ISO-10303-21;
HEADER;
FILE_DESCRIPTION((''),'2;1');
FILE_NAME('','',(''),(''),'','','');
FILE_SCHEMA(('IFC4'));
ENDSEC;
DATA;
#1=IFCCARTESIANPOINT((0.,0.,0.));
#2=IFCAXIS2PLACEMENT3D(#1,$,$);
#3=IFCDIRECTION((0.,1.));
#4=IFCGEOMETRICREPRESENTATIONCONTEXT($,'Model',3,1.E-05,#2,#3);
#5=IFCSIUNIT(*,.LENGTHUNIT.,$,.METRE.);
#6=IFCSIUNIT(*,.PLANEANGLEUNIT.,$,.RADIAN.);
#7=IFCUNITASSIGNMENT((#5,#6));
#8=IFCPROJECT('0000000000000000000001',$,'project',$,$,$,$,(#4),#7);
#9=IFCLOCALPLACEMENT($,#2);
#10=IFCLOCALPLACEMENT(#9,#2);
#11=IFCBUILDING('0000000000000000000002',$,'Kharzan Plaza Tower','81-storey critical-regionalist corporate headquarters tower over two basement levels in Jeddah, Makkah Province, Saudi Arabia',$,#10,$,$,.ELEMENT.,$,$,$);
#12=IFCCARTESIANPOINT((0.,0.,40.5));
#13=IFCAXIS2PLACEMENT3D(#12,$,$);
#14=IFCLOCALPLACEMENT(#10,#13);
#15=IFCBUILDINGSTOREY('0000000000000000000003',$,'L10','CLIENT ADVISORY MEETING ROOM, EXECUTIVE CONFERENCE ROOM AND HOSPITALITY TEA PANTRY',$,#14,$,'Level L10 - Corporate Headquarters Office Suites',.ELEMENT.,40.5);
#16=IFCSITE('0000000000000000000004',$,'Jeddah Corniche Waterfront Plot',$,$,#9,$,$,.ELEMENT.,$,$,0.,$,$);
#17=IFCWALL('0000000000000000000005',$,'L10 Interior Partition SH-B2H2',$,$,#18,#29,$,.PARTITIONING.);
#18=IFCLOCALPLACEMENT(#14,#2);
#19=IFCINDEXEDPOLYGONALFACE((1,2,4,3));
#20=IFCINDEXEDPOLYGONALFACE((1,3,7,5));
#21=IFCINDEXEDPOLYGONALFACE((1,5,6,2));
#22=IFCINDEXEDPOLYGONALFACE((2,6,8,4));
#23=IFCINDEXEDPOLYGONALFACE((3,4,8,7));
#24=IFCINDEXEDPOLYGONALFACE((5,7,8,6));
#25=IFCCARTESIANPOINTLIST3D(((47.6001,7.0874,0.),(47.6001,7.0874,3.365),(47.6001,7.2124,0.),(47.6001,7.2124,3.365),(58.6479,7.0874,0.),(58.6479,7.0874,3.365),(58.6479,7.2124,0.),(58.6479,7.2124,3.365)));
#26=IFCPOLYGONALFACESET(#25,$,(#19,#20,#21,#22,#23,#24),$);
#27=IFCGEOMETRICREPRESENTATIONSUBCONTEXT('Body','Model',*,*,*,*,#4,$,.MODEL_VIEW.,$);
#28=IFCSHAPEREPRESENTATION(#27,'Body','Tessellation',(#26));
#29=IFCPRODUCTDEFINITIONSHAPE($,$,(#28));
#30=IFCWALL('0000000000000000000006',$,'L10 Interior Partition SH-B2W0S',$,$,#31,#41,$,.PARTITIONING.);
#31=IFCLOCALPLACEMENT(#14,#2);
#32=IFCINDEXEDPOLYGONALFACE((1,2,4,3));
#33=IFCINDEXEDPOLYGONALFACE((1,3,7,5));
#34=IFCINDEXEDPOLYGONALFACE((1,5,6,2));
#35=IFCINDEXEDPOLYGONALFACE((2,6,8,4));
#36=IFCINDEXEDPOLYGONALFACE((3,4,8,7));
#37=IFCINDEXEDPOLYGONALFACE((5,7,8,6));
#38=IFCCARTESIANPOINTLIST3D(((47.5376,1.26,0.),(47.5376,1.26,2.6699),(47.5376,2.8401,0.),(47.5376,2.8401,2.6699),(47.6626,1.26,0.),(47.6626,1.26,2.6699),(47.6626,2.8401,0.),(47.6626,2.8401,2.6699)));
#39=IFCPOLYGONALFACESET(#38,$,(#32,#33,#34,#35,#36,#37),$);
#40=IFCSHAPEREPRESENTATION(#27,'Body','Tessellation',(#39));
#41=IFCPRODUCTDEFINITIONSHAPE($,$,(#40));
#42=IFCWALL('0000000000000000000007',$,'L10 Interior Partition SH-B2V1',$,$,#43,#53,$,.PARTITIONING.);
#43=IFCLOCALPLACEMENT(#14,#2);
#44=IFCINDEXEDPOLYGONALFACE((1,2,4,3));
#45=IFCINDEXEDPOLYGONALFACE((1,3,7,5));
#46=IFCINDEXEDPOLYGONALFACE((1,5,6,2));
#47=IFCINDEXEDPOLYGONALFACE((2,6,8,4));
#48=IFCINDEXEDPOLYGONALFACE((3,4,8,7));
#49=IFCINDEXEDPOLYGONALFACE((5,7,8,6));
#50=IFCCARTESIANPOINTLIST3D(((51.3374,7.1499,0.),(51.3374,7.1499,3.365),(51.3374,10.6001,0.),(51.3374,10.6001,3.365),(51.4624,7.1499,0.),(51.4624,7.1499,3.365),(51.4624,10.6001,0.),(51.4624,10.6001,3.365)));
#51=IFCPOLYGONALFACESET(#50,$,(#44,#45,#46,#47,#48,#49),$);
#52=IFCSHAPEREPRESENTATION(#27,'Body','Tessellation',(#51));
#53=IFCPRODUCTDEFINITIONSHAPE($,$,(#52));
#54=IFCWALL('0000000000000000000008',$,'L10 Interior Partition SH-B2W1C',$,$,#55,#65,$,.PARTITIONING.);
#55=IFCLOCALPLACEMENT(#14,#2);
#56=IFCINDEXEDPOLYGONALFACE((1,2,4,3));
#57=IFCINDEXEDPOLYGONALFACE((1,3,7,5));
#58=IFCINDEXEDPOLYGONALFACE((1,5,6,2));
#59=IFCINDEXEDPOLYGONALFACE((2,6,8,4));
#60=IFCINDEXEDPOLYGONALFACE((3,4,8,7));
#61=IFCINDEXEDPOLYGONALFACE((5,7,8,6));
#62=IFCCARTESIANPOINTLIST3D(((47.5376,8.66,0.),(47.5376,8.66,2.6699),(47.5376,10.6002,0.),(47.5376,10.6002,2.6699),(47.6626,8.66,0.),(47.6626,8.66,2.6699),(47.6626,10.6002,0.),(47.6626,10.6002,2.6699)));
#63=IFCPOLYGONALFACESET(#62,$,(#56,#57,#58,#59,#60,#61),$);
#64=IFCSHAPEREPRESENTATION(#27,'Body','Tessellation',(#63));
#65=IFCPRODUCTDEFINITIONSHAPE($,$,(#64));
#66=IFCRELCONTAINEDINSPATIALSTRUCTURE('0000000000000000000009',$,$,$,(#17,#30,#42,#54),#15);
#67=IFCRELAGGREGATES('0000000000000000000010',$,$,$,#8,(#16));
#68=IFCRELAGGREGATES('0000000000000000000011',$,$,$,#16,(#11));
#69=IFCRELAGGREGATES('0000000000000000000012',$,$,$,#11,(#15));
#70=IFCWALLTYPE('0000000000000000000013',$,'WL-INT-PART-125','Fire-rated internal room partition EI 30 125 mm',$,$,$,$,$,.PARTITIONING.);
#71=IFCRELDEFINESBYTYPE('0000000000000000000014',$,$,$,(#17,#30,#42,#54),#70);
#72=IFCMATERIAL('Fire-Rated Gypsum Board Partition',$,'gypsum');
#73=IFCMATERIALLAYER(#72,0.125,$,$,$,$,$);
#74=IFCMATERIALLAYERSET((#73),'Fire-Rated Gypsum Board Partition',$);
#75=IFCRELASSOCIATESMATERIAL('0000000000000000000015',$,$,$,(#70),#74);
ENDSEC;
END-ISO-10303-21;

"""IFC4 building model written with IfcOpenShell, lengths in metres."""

from ifc_helpers import new_model, si_unit, direction, frame, frame_2d, origin, place, context, subcontext, project, spatial, rectangle, extrude, source, transform, mapped, material, layer, layer_set, type_object, element, save


model = new_model("IFC4")

# Units and contexts
model_context = context("Model", 3, precision=1e-05, world=origin(), true_north=direction((0.0, 1.0)))
body_context = subcontext(model_context, "Body", "Model", "MODEL_VIEW")
ifc_project = project(units=[si_unit("LENGTHUNIT", "METRE"), si_unit("PLANEANGLEUNIT", "RADIAN")], contexts=[model_context])

# Site, building, storey
site_placement = place(None, origin())
site = spatial("IfcSite", under=ifc_project, at=site_placement, Name="Jeddah Corniche Waterfront Plot", CompositionType="ELEMENT", RefElevation=0.0)
building_placement = place(site_placement, origin())
building = spatial("IfcBuilding", under=site, at=building_placement, Name="Kharzan Plaza Tower", Description="81-storey critical-regionalist corporate headquarters tower over two basement levels in Jeddah, Makkah Province, Saudi Arabia", CompositionType="ELEMENT")
storey_placement = place(building_placement, frame((0.0, 0.0, 40.5)))
storey = spatial("IfcBuildingStorey", under=building, at=storey_placement, Name="L10", Description="CLIENT ADVISORY MEETING ROOM, EXECUTIVE CONFERENCE ROOM AND HOSPITALITY TEA PANTRY", LongName="Level L10 - Corporate Headquarters Office Suites", CompositionType="ELEMENT", Elevation=40.5)

# Shared definitions
ifc_material_1 = material(Name="Fire-Rated Gypsum Board Partition", Category="gypsum")
ifc_layer_1 = layer(ifc_material_1, 0.125)
ifc_layer_set_1 = layer_set([ifc_layer_1], Name="Fire-Rated Gypsum Board Partition")
wall_type_1 = type_object("IfcWallType", Name="WL-INT-PART-125", Description="Fire-rated internal room partition EI 30 125 mm", PredefinedType="PARTITIONING", material=ifc_layer_set_1)

# Walls
shared_shape_1 = source(origin(), body_context, "Body", "SweptSolid", [
    extrude(rectangle(XDim=11.0479, YDim=0.125, at=frame_2d((5.5239, 0.0))), origin(), (0.0, 0.0, 1.0), 3.365),
])
for number, where, z_axis, x_axis, name in (
    (1, (47.6001, 7.1499, 0.0), (0.0, 0.0, 1.0), (1.0, 0.0, 0.0), "L10 Interior Partition SH-B2H2"),
):
    element("IfcWall", number, at=place(storey_placement, frame(where, z_axis=z_axis, x_axis=x_axis)), inside=storey, type_object=wall_type_1, Name=name, PredefinedType="PARTITIONING", context=body_context, shape_type="MappedRepresentation", body=[
        mapped(shared_shape_1, transform((0.0, 0.0, 0.0), x_axis=(1.0, 0.0, 0.0), y_axis=(0.0, 1.0, 0.0), z_axis=(0.0, 0.0, 1.0))),
    ])
shared_shape_2 = source(origin(), body_context, "Body", "SweptSolid", [
    extrude(rectangle(XDim=1.5801, YDim=0.125, at=frame_2d((0.79, 0.0))), origin(), (0.0, 0.0, 1.0), 2.6699),
])
wall_1_placement = place(storey_placement, frame((47.6001, 1.26, 0.0), z_axis=(0.0, 0.0, 1.0), x_axis=(0.0, 1.0, 0.0)))
element("IfcWall", 2, at=wall_1_placement, inside=storey, type_object=wall_type_1, Name="L10 Interior Partition SH-B2W0S", PredefinedType="PARTITIONING", context=body_context, shape_type="MappedRepresentation", body=[
    mapped(shared_shape_2, transform((0.0, 0.0, 0.0), x_axis=(1.0, 0.0, 0.0), y_axis=(0.0, 1.0, 0.0), z_axis=(0.0, 0.0, 1.0))),
])
shared_shape_3 = source(origin(), body_context, "Body", "SweptSolid", [
    extrude(rectangle(XDim=3.4502, YDim=0.125, at=frame_2d((1.7251, 0.0))), origin(), (0.0, 0.0, 1.0), 3.365),
])
wall_2_placement = place(storey_placement, frame((51.3999, 7.1499, 0.0), z_axis=(0.0, 0.0, 1.0), x_axis=(0.0, 1.0, 0.0)))
element("IfcWall", 3, at=wall_2_placement, inside=storey, type_object=wall_type_1, Name="L10 Interior Partition SH-B2V1", PredefinedType="PARTITIONING", context=body_context, shape_type="MappedRepresentation", body=[
    mapped(shared_shape_3, transform((0.0, 0.0, 0.0), x_axis=(1.0, 0.0, 0.0), y_axis=(0.0, 1.0, 0.0), z_axis=(0.0, 0.0, 1.0))),
])
shared_shape_4 = source(origin(), body_context, "Body", "SweptSolid", [
    extrude(rectangle(XDim=1.9402, YDim=0.125, at=frame_2d((0.9702, 0.0))), origin(), (0.0, 0.0, 1.0), 2.6699),
])
wall_3_placement = place(storey_placement, frame((47.6001, 8.6599, 0.0), z_axis=(0.0, 0.0, 1.0), x_axis=(0.0, 1.0, 0.0)))
element("IfcWall", 4, at=wall_3_placement, inside=storey, type_object=wall_type_1, Name="L10 Interior Partition SH-B2W1C", PredefinedType="PARTITIONING", context=body_context, shape_type="MappedRepresentation", body=[
    mapped(shared_shape_4, transform((0.0, 0.0, 0.0), x_axis=(1.0, 0.0, 0.0), y_axis=(0.0, 1.0, 0.0), z_axis=(0.0, 0.0, 1.0))),
])

save(model, "model.ifc")
